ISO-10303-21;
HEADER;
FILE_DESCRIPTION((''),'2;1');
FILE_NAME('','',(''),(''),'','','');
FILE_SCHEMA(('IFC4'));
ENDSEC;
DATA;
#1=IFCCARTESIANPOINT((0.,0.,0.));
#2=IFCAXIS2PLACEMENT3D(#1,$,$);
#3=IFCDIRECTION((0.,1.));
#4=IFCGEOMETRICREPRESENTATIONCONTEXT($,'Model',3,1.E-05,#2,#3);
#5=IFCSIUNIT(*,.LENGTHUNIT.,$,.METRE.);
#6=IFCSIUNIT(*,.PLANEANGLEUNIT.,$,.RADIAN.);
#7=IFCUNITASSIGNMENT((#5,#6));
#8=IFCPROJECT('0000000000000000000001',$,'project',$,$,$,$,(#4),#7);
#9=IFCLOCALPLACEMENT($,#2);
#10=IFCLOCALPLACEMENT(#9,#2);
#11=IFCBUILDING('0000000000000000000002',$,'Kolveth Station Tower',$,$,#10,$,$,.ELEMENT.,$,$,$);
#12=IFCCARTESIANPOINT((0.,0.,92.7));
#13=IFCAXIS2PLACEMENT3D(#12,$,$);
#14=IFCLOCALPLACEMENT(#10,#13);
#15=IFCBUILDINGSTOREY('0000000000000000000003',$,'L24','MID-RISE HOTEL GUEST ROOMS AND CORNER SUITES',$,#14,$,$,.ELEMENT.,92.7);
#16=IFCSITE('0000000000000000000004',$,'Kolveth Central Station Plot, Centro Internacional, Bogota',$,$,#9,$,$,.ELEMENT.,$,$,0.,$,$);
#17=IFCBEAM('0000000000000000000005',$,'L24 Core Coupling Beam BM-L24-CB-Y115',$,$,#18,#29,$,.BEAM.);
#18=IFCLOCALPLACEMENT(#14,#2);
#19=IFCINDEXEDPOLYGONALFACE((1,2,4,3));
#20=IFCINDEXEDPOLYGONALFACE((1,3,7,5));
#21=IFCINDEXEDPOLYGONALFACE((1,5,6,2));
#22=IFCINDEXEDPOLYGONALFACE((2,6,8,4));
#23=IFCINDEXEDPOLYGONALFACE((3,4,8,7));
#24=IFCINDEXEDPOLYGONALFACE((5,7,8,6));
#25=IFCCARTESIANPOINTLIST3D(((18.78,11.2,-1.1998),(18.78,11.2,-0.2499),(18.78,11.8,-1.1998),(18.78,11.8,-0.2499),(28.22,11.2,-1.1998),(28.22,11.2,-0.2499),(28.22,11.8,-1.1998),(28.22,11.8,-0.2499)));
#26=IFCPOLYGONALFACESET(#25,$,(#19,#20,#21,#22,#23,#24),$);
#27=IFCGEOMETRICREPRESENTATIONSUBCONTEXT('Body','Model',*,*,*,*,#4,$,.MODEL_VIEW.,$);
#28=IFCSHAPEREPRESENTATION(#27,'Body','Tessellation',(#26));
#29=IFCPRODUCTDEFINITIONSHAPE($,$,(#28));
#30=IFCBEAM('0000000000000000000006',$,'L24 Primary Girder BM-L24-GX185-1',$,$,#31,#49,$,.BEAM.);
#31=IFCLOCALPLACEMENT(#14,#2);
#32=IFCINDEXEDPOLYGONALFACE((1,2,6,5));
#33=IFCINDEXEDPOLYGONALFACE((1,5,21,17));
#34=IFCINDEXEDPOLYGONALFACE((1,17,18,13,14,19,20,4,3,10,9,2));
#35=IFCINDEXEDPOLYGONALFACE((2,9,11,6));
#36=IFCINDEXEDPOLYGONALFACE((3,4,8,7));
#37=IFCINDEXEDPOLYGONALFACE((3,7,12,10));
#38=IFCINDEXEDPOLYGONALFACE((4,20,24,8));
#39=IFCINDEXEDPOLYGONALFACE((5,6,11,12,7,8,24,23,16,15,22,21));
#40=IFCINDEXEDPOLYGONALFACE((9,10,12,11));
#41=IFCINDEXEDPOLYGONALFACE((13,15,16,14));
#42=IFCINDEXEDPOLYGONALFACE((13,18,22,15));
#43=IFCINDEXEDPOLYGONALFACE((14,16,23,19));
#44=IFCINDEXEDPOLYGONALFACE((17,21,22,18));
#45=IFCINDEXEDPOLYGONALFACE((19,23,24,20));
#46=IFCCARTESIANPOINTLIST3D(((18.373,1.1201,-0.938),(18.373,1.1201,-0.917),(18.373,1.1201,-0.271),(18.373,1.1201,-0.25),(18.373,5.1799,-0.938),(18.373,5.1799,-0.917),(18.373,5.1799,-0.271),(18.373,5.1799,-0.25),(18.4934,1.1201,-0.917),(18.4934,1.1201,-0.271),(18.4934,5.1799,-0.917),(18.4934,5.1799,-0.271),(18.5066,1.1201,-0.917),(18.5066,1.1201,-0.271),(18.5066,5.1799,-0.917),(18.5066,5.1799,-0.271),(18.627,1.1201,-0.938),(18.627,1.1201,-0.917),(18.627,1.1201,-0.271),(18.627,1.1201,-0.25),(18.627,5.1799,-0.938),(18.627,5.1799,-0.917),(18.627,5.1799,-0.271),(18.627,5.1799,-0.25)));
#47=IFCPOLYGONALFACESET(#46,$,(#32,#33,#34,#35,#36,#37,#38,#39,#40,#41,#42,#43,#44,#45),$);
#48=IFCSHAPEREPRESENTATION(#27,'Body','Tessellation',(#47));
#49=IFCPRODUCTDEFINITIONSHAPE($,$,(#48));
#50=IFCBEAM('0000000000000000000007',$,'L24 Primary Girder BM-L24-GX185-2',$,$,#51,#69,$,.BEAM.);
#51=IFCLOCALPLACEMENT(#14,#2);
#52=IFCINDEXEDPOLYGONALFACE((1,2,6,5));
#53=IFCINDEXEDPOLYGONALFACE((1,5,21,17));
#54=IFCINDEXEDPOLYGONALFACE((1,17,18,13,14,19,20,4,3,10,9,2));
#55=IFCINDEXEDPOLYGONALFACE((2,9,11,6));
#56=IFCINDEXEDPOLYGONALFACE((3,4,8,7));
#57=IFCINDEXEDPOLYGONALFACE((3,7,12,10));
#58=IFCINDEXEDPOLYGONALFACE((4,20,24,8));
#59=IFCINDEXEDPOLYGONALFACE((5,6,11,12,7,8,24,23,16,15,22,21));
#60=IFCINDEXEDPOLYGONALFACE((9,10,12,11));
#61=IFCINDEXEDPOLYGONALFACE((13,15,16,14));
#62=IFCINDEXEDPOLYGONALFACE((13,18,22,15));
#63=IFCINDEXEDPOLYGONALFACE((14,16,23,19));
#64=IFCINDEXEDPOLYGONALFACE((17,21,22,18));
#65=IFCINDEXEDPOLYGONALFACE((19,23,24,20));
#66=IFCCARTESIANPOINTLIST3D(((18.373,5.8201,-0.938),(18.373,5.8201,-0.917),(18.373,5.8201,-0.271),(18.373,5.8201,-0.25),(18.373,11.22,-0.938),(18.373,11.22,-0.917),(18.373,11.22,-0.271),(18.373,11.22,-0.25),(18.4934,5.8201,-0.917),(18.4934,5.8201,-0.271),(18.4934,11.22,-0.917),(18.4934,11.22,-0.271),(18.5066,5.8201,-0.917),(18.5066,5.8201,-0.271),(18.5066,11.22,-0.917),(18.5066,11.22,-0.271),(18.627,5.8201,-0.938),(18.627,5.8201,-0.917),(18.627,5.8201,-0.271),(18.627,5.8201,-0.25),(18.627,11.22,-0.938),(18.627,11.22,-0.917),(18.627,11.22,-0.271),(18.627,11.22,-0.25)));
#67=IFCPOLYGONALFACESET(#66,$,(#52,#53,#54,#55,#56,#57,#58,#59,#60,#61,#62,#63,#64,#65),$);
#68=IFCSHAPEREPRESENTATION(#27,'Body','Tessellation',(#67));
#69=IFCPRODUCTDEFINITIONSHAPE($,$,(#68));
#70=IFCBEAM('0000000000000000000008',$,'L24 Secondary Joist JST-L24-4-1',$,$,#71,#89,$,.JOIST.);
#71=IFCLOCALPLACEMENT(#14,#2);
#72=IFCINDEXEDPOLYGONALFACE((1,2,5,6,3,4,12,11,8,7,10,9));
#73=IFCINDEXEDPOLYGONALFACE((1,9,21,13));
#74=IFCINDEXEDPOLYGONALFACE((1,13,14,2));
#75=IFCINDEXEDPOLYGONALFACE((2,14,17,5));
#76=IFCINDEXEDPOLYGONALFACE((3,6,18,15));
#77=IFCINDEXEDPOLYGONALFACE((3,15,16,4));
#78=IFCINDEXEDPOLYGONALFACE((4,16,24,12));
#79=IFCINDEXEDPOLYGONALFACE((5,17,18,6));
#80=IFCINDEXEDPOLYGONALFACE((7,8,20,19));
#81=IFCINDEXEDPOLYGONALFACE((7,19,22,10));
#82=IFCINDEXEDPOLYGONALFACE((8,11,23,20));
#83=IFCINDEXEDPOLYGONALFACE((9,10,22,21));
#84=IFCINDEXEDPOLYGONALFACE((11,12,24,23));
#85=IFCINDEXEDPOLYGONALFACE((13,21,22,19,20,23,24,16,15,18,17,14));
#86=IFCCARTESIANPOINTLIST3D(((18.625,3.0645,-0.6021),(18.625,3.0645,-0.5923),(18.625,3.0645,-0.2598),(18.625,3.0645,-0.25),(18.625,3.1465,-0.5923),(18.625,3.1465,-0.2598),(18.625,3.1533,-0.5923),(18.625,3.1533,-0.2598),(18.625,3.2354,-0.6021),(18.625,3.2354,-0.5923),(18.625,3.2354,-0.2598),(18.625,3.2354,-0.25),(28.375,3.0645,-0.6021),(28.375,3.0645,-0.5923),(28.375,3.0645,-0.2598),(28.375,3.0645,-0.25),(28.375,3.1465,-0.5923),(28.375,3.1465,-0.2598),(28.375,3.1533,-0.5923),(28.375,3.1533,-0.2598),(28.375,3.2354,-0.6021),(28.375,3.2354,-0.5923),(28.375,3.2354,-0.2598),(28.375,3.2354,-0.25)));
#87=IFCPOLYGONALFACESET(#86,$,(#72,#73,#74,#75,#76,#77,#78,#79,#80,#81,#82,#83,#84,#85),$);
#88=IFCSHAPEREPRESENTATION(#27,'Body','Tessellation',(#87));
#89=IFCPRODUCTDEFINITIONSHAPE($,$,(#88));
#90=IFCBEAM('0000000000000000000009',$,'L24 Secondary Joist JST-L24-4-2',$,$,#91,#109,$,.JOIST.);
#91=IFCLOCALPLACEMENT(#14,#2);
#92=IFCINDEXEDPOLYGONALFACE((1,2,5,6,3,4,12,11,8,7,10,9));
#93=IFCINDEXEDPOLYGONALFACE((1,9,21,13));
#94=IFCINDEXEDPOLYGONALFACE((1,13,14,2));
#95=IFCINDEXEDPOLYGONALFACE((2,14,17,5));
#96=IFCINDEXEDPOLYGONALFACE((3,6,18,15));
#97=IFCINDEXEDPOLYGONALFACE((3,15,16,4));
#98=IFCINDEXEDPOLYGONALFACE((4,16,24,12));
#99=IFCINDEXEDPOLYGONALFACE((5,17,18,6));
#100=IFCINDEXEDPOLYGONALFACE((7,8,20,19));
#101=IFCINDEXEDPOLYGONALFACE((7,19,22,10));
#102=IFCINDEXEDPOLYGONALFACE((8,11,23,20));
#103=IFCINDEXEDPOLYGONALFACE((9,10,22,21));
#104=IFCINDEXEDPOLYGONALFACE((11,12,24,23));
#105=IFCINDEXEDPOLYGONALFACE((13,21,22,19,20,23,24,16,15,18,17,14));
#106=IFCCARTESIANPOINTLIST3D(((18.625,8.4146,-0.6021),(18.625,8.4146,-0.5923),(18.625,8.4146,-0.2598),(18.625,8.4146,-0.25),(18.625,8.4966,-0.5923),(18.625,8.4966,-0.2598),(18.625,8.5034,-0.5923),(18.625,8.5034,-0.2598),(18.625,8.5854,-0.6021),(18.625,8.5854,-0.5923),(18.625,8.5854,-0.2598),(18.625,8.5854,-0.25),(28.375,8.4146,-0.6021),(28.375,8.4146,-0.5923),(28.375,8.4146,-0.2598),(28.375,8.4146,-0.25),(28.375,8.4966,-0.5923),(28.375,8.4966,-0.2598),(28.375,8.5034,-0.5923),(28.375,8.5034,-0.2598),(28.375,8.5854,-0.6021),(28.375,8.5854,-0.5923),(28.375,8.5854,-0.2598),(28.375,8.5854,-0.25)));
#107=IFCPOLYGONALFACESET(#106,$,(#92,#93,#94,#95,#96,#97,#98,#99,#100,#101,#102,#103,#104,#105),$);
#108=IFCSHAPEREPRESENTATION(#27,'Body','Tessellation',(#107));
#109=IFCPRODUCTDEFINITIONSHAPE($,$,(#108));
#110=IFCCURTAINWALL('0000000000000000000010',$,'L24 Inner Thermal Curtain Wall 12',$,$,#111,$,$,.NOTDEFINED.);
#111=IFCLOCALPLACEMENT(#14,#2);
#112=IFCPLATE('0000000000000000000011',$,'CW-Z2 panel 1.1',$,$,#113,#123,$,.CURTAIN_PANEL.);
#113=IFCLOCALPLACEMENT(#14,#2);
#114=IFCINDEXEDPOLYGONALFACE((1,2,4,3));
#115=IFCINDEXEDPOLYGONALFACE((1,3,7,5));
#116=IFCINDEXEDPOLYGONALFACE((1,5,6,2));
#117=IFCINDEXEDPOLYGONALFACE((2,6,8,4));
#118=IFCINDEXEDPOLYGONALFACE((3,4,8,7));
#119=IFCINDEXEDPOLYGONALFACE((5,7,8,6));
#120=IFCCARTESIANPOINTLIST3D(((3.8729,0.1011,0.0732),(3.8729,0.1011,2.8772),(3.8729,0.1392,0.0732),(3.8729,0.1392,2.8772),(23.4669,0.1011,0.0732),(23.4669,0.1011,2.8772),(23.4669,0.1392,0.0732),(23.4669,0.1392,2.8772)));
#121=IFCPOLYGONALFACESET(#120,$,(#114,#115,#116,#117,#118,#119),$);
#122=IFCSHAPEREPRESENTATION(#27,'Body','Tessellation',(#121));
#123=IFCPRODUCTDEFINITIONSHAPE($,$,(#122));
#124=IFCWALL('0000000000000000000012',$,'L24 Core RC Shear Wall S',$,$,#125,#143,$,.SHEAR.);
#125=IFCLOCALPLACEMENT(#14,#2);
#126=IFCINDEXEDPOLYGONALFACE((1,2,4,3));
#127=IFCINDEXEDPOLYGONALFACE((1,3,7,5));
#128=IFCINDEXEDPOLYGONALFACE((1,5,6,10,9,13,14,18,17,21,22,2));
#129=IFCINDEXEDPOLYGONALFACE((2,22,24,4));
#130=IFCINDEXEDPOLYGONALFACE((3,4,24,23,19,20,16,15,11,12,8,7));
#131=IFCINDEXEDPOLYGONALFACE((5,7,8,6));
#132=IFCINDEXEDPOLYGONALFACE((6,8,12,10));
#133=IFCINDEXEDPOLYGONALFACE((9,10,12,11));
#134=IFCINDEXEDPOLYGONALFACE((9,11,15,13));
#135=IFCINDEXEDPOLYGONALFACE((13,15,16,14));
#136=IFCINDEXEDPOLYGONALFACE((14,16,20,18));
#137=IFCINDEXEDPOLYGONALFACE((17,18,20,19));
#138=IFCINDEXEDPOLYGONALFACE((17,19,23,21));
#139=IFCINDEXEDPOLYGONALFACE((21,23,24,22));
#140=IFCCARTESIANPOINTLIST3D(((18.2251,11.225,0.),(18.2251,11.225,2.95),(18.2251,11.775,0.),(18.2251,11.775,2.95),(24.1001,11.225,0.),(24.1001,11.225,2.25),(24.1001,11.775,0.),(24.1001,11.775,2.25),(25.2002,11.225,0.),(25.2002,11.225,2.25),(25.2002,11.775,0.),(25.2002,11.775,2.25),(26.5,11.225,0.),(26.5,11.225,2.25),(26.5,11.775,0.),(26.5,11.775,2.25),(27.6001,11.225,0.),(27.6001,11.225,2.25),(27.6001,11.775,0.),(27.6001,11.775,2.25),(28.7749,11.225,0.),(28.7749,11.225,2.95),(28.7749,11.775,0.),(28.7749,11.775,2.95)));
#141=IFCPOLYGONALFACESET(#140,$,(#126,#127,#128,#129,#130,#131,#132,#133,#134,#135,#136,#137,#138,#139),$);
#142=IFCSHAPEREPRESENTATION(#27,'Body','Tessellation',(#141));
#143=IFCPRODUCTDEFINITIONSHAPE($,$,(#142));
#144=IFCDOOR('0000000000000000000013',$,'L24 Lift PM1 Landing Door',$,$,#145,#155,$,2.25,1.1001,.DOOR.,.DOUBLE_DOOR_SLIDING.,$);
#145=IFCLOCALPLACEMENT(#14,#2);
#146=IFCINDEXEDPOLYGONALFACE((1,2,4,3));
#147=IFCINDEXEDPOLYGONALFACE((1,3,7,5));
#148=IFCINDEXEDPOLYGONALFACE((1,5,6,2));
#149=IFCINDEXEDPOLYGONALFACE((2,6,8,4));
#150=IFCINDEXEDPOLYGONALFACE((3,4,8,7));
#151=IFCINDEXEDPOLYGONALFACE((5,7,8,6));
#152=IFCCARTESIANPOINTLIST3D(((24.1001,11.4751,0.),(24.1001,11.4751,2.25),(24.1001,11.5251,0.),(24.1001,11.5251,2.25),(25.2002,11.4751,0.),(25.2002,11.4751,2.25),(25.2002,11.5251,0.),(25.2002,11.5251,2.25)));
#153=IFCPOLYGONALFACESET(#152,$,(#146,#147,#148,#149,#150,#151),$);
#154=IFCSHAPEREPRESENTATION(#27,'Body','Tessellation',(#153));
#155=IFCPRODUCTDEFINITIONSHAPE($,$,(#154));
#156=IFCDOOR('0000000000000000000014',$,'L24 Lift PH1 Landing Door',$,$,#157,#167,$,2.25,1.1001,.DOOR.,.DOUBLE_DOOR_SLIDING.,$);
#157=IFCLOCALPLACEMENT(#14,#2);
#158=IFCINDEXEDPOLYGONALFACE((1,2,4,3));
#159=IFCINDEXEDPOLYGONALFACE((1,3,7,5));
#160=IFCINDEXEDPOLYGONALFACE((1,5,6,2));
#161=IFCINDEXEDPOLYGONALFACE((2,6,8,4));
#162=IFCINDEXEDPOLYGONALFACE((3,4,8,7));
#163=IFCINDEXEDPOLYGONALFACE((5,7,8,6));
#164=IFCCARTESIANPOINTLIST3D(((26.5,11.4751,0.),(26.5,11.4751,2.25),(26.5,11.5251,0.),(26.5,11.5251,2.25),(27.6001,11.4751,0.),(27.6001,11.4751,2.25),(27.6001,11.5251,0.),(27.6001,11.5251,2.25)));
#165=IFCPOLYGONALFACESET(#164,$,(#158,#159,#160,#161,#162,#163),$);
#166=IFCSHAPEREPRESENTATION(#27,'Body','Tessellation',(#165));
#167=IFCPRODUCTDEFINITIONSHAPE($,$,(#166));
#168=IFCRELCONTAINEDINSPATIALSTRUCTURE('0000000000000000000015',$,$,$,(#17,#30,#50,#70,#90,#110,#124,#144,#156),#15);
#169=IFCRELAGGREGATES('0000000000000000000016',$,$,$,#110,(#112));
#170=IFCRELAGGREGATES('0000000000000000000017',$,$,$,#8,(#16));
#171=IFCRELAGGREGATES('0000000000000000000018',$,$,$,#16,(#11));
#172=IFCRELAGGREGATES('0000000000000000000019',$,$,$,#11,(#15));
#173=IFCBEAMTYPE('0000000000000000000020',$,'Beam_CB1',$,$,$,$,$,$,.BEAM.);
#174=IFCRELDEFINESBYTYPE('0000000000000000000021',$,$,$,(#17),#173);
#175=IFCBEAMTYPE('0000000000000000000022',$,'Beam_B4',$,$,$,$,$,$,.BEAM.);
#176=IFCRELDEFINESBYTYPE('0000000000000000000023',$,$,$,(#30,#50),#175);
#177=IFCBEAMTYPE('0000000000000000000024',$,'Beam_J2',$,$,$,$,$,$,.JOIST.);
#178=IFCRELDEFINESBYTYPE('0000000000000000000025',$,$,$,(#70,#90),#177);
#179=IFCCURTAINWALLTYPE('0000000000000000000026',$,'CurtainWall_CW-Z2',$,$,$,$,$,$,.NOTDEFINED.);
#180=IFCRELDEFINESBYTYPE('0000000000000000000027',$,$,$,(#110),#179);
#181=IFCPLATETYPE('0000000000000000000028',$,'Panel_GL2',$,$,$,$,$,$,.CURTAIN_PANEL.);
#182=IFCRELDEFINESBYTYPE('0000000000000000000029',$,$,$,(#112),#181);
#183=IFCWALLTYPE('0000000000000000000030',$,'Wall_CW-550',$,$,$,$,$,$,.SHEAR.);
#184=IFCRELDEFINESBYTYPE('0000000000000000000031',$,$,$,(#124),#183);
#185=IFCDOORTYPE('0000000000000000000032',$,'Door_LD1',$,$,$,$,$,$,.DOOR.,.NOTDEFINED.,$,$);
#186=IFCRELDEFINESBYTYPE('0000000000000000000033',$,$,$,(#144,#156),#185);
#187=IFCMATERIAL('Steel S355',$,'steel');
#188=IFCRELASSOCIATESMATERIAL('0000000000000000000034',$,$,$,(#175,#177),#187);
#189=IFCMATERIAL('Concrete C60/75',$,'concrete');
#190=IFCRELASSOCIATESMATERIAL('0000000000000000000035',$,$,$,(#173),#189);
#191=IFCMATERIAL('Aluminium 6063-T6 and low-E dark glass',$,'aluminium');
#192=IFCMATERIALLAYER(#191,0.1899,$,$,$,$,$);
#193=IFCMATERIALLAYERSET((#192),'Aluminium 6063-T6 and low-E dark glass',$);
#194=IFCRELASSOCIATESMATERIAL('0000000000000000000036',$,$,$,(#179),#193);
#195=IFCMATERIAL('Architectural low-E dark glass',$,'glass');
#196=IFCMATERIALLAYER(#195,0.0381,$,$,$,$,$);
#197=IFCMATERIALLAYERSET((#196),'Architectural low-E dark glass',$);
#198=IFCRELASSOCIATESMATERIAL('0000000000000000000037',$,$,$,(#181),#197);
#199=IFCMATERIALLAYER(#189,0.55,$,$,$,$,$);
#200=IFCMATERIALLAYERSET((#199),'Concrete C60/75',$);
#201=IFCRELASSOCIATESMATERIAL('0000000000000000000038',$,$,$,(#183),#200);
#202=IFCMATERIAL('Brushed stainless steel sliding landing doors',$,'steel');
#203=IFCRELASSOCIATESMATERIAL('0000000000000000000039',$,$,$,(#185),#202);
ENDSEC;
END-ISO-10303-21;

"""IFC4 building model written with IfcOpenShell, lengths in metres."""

from ifc_helpers import new_model, si_unit, direction, frame, frame_2d, origin, origin_2d, place, context, subcontext, project, spatial, rectangle, i_section, extrude, source, transform, mapped, material, layer, layer_set, material_profile, profile_set, type_object, element, fill, aggregate, save


model = new_model("IFC4")

# Units and contexts
model_context = context("Model", 3, precision=1e-05, world=origin(), true_north=direction((0.0, 1.0)))
body_context = subcontext(model_context, "Body", "Model", "MODEL_VIEW")
ifc_project = project(units=[si_unit("LENGTHUNIT", "METRE"), si_unit("PLANEANGLEUNIT", "RADIAN")], contexts=[model_context])

# Site, building, storey
site_placement = place(None, origin())
site = spatial("IfcSite", under=ifc_project, at=site_placement, Name="Kolveth Central Station Plot, Centro Internacional, Bogota", CompositionType="ELEMENT", RefElevation=0.0)
building_placement = place(site_placement, origin())
building = spatial("IfcBuilding", under=site, at=building_placement, Name="Kolveth Station Tower", CompositionType="ELEMENT")
storey_placement = place(building_placement, frame((0.0, 0.0, 92.7)))
storey = spatial("IfcBuildingStorey", under=building, at=storey_placement, Name="L24", Description="MID-RISE HOTEL GUEST ROOMS AND CORNER SUITES", CompositionType="ELEMENT", Elevation=92.7)

# Shared definitions
ifc_material_1 = material(Name="Steel S355", Category="steel")

# Beams
ifc_material_profile_1 = material_profile(ifc_material_1, i_section(OverallWidth=0.2539, OverallDepth=0.688, WebThickness=0.0132, FlangeThickness=0.021, at=origin_2d()), Name="W690x152")
ifc_profile_set_1 = profile_set([ifc_material_profile_1], Name="Steel S355")
beam_type_1 = type_object("IfcBeamType", Name="Beam_B4", PredefinedType="BEAM", material=ifc_profile_set_1)
ifc_material_2 = material(Name="Concrete C60/75", Category="concrete")
ifc_material_profile_2 = material_profile(ifc_material_2, rectangle(XDim=0.6001, YDim=0.95, at=origin_2d()), Name="RC-600x950")
ifc_profile_set_2 = profile_set([ifc_material_profile_2], Name="Concrete C60/75")
beam_type_2 = type_object("IfcBeamType", Name="Beam_CB1", PredefinedType="BEAM", material=ifc_profile_set_2)
shared_shape_1 = source(origin(), body_context, "Body", "SweptSolid", [
    extrude(rectangle(XDim=0.6001, YDim=0.95, at=origin_2d()), origin(), (0.0, 0.0, 1.0), 9.4399),
])
beam_1_placement = place(storey_placement, frame((18.78, 11.5, -0.7249), z_axis=(1.0, 0.0, 0.0), x_axis=(0.0, 1.0, 0.0)))
element("IfcBeam", 1, at=beam_1_placement, inside=storey, type_object=beam_type_2, Name="L24 Core Coupling Beam BM-L24-CB-Y115", PredefinedType="BEAM", context=body_context, shape_type="MappedRepresentation", body=[
    mapped(shared_shape_1, transform((0.0, 0.0, 0.0), x_axis=(1.0, 0.0, 0.0), y_axis=(0.0, 1.0, 0.0), z_axis=(0.0, 0.0, 1.0), scale=1.0)),
])
shared_shape_2 = source(origin(), body_context, "Body", "SweptSolid", [
    extrude(i_section(OverallWidth=0.2539, OverallDepth=0.688, WebThickness=0.0132, FlangeThickness=0.021, at=origin_2d()), origin(), (0.0, 0.0, 1.0), 4.0598),
])
beam_2_placement = place(storey_placement, frame((18.5, 1.1201, -0.594), z_axis=(0.0, 1.0, 0.0), x_axis=(-1.0, 0.0, 0.0)))
element("IfcBeam", 2, at=beam_2_placement, inside=storey, type_object=beam_type_1, Name="L24 Primary Girder BM-L24-GX185-1", PredefinedType="BEAM", context=body_context, shape_type="MappedRepresentation", body=[
    mapped(shared_shape_2, transform((0.0, 0.0, 0.0), x_axis=(1.0, 0.0, 0.0), y_axis=(0.0, 1.0, 0.0), z_axis=(0.0, 0.0, 1.0), scale=1.0)),
])
shared_shape_3 = source(origin(), body_context, "Body", "SweptSolid", [
    extrude(i_section(OverallWidth=0.2539, OverallDepth=0.688, WebThickness=0.0132, FlangeThickness=0.021, at=origin_2d()), origin(), (0.0, 0.0, 1.0), 5.3999),
])
beam_3_placement = place(storey_placement, frame((18.5, 5.8201, -0.594), z_axis=(0.0, 1.0, 0.0), x_axis=(-1.0, 0.0, 0.0)))
element("IfcBeam", 3, at=beam_3_placement, inside=storey, type_object=beam_type_1, Name="L24 Primary Girder BM-L24-GX185-2", PredefinedType="BEAM", context=body_context, shape_type="MappedRepresentation", body=[
    mapped(shared_shape_3, transform((0.0, 0.0, 0.0), x_axis=(1.0, 0.0, 0.0), y_axis=(0.0, 1.0, 0.0), z_axis=(0.0, 0.0, 1.0), scale=1.0)),
])
ifc_material_profile_3 = material_profile(ifc_material_1, i_section(OverallWidth=0.1709, OverallDepth=0.3521, WebThickness=0.0068, FlangeThickness=0.0098, at=origin_2d()), Name="W360x44")
ifc_profile_set_3 = profile_set([ifc_material_profile_3], Name="Steel S355")
beam_type_3 = type_object("IfcBeamType", Name="Beam_J2", PredefinedType="JOIST", material=ifc_profile_set_3)
shared_shape_4 = source(origin(), body_context, "Body", "SweptSolid", [
    extrude(i_section(OverallWidth=0.1709, OverallDepth=0.3521, WebThickness=0.0068, FlangeThickness=0.0098, at=origin_2d()), origin(), (0.0, 0.0, 1.0), 9.75),
])
for number, where, z_axis, x_axis, name in (
    (4, (18.625, 3.1499, -0.426), (1.0, 0.0, 0.0), (0.0, 1.0, 0.0), "L24 Secondary Joist JST-L24-4-1"),
    (5, (18.625, 8.5, -0.426), (1.0, 0.0, 0.0), (0.0, 1.0, 0.0), "L24 Secondary Joist JST-L24-4-2"),
):
    element("IfcBeam", number, at=place(storey_placement, frame(where, z_axis=z_axis, x_axis=x_axis)), inside=storey, type_object=beam_type_3, Name=name, PredefinedType="JOIST", context=body_context, shape_type="MappedRepresentation", body=[
        mapped(shared_shape_4, transform((0.0, 0.0, 0.0), x_axis=(1.0, 0.0, 0.0), y_axis=(0.0, 1.0, 0.0), z_axis=(0.0, 0.0, 1.0), scale=1.0)),
    ])

# Curtain wall, plate
ifc_material_3 = material(Name="Aluminium 6063-T6 and low-E dark glass", Category="aluminium")
ifc_layer_1 = layer(ifc_material_3, 0.1899)
ifc_layer_set_1 = layer_set([ifc_layer_1], Name="Aluminium 6063-T6 and low-E dark glass")
curtain_wall_type = type_object("IfcCurtainWallType", Name="CurtainWall_CW-Z2", PredefinedType="NOTDEFINED", material=ifc_layer_set_1)
curtain_wall_placement = place(storey_placement, origin())
curtain_wall = element("IfcCurtainWall", 6, at=curtain_wall_placement, inside=storey, type_object=curtain_wall_type, Name="L24 Inner Thermal Curtain Wall 12", PredefinedType="NOTDEFINED")
ifc_material_4 = material(Name="Architectural low-E dark glass", Category="glass")
ifc_layer_2 = layer(ifc_material_4, 0.0381)
ifc_layer_set_2 = layer_set([ifc_layer_2], Name="Architectural low-E dark glass")
plate_type = type_object("IfcPlateType", Name="Panel_GL2", PredefinedType="CURTAIN_PANEL", material=ifc_layer_set_2)
shared_shape_5 = source(origin(), body_context, "Body", "SweptSolid", [
    extrude(rectangle(XDim=19.594, YDim=0.0381, at=origin_2d()), origin(), (0.0, 0.0, 1.0), 2.804),
])
plate_placement = place(storey_placement, frame((13.6699, 0.1201, 0.0732), z_axis=(0.0, 0.0, 1.0), x_axis=(1.0, 0.0, 0.0)))
plate = element("IfcPlate", 7, at=plate_placement, type_object=plate_type, Name="CW-Z2 panel 1.1", PredefinedType="CURTAIN_PANEL", context=body_context, shape_type="MappedRepresentation", body=[
    mapped(shared_shape_5, transform((0.0, 0.0, 0.0), x_axis=(1.0, 0.0, 0.0), y_axis=(0.0, 1.0, 0.0), z_axis=(0.0, 0.0, 1.0), scale=1.0)),
])
aggregate(curtain_wall, [plate])

# Wall, openings, doors
ifc_layer_3 = layer(ifc_material_2, 0.55)
ifc_layer_set_3 = layer_set([ifc_layer_3], Name="Concrete C60/75")
wall_type_1 = type_object("IfcWallType", Name="Wall_CW-550", PredefinedType="SHEAR", material=ifc_layer_set_3)
wall_1_placement = place(storey_placement, frame((18.2251, 11.5, 0.0), z_axis=(0.0, 0.0, 1.0), x_axis=(1.0, 0.0, 0.0)))
wall_1 = element("IfcWall", 8, at=wall_1_placement, inside=storey, type_object=wall_type_1, Name="L24 Core RC Shear Wall S", PredefinedType="SHEAR", context=body_context, shape_type="SweptSolid", body=[
    extrude(rectangle(XDim=10.5498, YDim=0.55, at=frame_2d((5.2749, 0.0))), origin(), (0.0, 0.0, 1.0), 2.95),
])
opening_1_placement = place(wall_1_placement, frame((5.875, 0.0, 0.0)))
opening_1 = element("IfcOpeningElement", 9, at=opening_1_placement, cuts=wall_1, PredefinedType="OPENING", context=body_context, shape_type="SweptSolid", body=[
    extrude(rectangle(XDim=1.1001, YDim=2.25, at=frame_2d((0.55, 1.125))), frame((0.0, 0.2849, 0.0), z_axis=(0.0, -1.0, 0.0), x_axis=(1.0, 0.0, 0.0)), (0.0, 0.0, 1.0), 0.5701),
])
opening_2_placement = place(wall_1_placement, frame((8.2749, 0.0, 0.0)))
opening_2 = element("IfcOpeningElement", 10, at=opening_2_placement, cuts=wall_1, PredefinedType="OPENING", context=body_context, shape_type="SweptSolid", body=[
    extrude(rectangle(XDim=1.1001, YDim=2.25, at=frame_2d((0.55, 1.125))), frame((0.0, 0.2849, 0.0), z_axis=(0.0, -1.0, 0.0), x_axis=(1.0, 0.0, 0.0)), (0.0, 0.0, 1.0), 0.5701),
])
ifc_material_5 = material(Name="Brushed stainless steel sliding landing doors", Category="steel")
door_type_1 = type_object("IfcDoorType", Name="Door_LD1", OperationType="NOTDEFINED", PredefinedType="DOOR", material=ifc_material_5)
door_1_placement = place(opening_1_placement, frame((1.1001, 0.0, 0.0), z_axis=(0.0, 0.0, 1.0), x_axis=(-1.0, 0.0, 0.0)))
door_1 = element("IfcDoor", 11, at=door_1_placement, inside=storey, type_object=door_type_1, Name="L24 Lift PM1 Landing Door", OperationType="DOUBLE_DOOR_SLIDING", OverallHeight=2.25, OverallWidth=1.1001, PredefinedType="DOOR", context=body_context, shape_type="SweptSolid", body=[
    extrude(rectangle(XDim=1.1001, YDim=2.25, at=frame_2d((0.55, 1.125))), frame((0.0, 0.0249, 0.0), z_axis=(0.0, -1.0, 0.0), x_axis=(1.0, 0.0, 0.0)), (0.0, 0.0, 1.0), 0.05),
])
fill(opening_1, door_1)
door_2_placement = place(opening_2_placement, frame((1.1001, 0.0, 0.0), z_axis=(0.0, 0.0, 1.0), x_axis=(-1.0, 0.0, 0.0)))
door_2 = element("IfcDoor", 12, at=door_2_placement, inside=storey, type_object=door_type_1, Name="L24 Lift PH1 Landing Door", OperationType="DOUBLE_DOOR_SLIDING", OverallHeight=2.25, OverallWidth=1.1001, PredefinedType="DOOR", context=body_context, shape_type="SweptSolid", body=[
    extrude(rectangle(XDim=1.1001, YDim=2.25, at=frame_2d((0.55, 1.125))), frame((0.0, 0.0249, 0.0), z_axis=(0.0, -1.0, 0.0), x_axis=(1.0, 0.0, 0.0)), (0.0, 0.0, 1.0), 0.05),
])
fill(opening_2, door_2)

save(model, "model.ifc")
